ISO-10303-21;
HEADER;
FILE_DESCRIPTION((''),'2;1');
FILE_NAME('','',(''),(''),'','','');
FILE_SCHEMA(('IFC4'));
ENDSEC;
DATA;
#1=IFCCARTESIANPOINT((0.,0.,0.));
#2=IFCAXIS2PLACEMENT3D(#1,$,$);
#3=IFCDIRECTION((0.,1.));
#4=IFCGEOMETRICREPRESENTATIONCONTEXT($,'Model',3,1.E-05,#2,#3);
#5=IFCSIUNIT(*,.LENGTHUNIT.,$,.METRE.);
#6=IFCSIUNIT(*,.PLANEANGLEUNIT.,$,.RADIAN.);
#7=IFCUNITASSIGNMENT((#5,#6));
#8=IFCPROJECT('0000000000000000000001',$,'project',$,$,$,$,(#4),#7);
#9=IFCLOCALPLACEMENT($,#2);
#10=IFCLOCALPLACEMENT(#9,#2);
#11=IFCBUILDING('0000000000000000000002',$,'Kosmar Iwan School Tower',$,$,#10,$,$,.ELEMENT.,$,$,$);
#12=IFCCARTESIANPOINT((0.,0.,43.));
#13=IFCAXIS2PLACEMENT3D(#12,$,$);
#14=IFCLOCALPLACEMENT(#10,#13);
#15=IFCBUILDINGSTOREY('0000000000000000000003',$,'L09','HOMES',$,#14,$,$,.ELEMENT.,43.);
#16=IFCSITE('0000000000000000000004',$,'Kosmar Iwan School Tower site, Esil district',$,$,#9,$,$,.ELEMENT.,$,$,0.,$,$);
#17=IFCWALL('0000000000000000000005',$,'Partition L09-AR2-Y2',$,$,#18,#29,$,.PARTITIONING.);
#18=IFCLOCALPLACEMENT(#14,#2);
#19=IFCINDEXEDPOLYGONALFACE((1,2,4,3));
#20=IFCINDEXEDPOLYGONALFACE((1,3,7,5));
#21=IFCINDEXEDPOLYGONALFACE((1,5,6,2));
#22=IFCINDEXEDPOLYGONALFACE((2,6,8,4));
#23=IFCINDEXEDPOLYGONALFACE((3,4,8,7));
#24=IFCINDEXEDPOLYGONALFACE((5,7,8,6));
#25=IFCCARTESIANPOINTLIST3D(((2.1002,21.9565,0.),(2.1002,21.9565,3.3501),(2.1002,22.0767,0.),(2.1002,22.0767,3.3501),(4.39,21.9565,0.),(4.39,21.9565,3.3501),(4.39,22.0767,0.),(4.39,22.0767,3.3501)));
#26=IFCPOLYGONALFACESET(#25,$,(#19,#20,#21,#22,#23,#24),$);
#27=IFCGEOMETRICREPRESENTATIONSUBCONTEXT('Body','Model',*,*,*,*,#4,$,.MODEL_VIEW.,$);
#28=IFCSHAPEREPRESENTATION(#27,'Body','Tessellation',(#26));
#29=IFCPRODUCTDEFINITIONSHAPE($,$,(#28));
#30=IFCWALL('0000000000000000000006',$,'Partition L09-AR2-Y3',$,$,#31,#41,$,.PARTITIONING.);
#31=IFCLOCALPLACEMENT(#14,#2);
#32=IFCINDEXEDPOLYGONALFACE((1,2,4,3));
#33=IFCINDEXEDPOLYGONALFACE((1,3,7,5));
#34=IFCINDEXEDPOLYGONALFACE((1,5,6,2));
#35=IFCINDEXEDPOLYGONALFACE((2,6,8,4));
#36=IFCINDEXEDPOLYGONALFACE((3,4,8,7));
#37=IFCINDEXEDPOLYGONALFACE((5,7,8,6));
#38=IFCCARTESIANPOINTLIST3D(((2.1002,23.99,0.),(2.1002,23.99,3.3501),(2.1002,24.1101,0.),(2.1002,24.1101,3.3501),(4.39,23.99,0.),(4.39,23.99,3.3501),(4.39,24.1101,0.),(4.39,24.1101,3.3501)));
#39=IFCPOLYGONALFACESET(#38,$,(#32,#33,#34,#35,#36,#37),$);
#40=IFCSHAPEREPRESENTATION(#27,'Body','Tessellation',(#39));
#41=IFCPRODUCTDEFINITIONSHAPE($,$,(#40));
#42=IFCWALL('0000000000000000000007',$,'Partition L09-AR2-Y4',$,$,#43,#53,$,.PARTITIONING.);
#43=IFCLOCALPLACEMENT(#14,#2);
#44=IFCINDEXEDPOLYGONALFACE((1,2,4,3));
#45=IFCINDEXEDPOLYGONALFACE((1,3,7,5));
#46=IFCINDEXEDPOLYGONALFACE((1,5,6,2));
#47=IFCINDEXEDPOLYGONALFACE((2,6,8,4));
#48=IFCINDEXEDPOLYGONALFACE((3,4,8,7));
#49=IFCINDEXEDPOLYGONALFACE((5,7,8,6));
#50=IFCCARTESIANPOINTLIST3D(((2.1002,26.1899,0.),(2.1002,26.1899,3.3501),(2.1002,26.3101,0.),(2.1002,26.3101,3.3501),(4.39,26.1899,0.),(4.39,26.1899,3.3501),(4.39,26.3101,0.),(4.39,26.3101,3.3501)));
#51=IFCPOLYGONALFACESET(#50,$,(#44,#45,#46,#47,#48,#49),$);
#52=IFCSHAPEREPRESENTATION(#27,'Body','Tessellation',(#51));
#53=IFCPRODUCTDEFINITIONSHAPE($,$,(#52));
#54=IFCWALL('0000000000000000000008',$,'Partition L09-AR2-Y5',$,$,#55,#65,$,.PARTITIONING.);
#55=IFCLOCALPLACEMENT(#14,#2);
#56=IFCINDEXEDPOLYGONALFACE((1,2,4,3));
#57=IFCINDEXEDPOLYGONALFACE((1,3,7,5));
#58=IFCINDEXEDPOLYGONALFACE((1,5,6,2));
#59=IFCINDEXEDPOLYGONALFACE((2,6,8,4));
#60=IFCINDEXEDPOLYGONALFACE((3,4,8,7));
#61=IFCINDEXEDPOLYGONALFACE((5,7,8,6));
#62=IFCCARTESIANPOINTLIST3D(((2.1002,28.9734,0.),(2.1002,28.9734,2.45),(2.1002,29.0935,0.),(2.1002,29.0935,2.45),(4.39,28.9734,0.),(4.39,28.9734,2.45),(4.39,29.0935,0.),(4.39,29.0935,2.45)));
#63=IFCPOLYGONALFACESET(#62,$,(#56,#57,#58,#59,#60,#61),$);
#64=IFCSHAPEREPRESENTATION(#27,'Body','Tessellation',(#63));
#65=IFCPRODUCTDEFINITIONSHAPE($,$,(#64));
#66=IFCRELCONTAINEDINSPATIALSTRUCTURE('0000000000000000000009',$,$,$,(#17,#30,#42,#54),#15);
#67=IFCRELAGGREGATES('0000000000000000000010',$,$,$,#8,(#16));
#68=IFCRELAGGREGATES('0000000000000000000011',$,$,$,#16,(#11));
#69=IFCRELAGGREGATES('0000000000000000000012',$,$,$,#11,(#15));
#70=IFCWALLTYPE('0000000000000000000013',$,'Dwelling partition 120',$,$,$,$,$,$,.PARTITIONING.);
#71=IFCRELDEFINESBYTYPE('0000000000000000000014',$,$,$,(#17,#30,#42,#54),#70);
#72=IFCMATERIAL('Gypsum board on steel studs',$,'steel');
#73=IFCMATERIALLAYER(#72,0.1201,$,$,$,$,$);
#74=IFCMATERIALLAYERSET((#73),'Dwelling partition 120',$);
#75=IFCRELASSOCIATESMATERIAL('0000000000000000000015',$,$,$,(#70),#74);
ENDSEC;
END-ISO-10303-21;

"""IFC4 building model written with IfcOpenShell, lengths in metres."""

from ifc_helpers import new_model, si_unit, direction, frame, frame_2d, origin, place, context, subcontext, project, spatial, rectangle, extrude, material, layer, layer_set, type_object, element, save


model = new_model("IFC4")

# Units and contexts
model_context = context("Model", 3, precision=1e-05, world=origin(), true_north=direction((0.0, 1.0)))
body_context = subcontext(model_context, "Body", "Model", "MODEL_VIEW")
ifc_project = project(units=[si_unit("LENGTHUNIT", "METRE"), si_unit("PLANEANGLEUNIT", "RADIAN")], contexts=[model_context])

# Site, building, storey
site_placement = place(None, origin())
site = spatial("IfcSite", under=ifc_project, at=site_placement, Name="Kosmar Iwan School Tower site, Esil district", CompositionType="ELEMENT", RefElevation=0.0)
building_placement = place(site_placement, origin())
building = spatial("IfcBuilding", under=site, at=building_placement, Name="Kosmar Iwan School Tower", CompositionType="ELEMENT")
storey_placement = place(building_placement, frame((0.0, 0.0, 43.0)))
storey = spatial("IfcBuildingStorey", under=building, at=storey_placement, Name="L09", Description="HOMES", CompositionType="ELEMENT", Elevation=43.0)

# Walls
ifc_material_1 = material(Name="Gypsum board on steel studs", Category="steel")
ifc_layer_1 = layer(ifc_material_1, 0.1201)
ifc_layer_set_1 = layer_set([ifc_layer_1], Name="Dwelling partition 120")
wall_type_1 = type_object("IfcWallType", Name="Dwelling partition 120", PredefinedType="PARTITIONING", material=ifc_layer_set_1)
for number, where, z_axis, x_axis, name in (
    (1, (2.1001, 22.0166, 0.0), (0.0, 0.0, 1.0), (1.0, 0.0, 0.0), "Partition L09-AR2-Y2"),
    (2, (2.1001, 24.05, 0.0), (0.0, 0.0, 1.0), (1.0, 0.0, 0.0), "Partition L09-AR2-Y3"),
    (3, (2.1001, 26.25, 0.0), (0.0, 0.0, 1.0), (1.0, 0.0, 0.0), "Partition L09-AR2-Y4"),
):
    element("IfcWall", number, at=place(storey_placement, frame(where, z_axis=z_axis, x_axis=x_axis)), inside=storey, type_object=wall_type_1, Name=name, PredefinedType="PARTITIONING", context=body_context, shape_type="SweptSolid", body=[
        extrude(rectangle(XDim=2.2898, YDim=0.1201, at=frame_2d((1.145, 0.0))), origin(), (0.0, 0.0, 1.0), 3.3501),
    ])
wall_1_placement = place(storey_placement, frame((2.1001, 29.0334, 0.0), z_axis=(0.0, 0.0, 1.0), x_axis=(1.0, 0.0, 0.0)))
element("IfcWall", 4, at=wall_1_placement, inside=storey, type_object=wall_type_1, Name="Partition L09-AR2-Y5", PredefinedType="PARTITIONING", context=body_context, shape_type="SweptSolid", body=[
    extrude(rectangle(XDim=2.2898, YDim=0.1201, at=frame_2d((1.145, 0.0))), origin(), (0.0, 0.0, 1.0), 2.45),
])

save(model, "model.ifc")
